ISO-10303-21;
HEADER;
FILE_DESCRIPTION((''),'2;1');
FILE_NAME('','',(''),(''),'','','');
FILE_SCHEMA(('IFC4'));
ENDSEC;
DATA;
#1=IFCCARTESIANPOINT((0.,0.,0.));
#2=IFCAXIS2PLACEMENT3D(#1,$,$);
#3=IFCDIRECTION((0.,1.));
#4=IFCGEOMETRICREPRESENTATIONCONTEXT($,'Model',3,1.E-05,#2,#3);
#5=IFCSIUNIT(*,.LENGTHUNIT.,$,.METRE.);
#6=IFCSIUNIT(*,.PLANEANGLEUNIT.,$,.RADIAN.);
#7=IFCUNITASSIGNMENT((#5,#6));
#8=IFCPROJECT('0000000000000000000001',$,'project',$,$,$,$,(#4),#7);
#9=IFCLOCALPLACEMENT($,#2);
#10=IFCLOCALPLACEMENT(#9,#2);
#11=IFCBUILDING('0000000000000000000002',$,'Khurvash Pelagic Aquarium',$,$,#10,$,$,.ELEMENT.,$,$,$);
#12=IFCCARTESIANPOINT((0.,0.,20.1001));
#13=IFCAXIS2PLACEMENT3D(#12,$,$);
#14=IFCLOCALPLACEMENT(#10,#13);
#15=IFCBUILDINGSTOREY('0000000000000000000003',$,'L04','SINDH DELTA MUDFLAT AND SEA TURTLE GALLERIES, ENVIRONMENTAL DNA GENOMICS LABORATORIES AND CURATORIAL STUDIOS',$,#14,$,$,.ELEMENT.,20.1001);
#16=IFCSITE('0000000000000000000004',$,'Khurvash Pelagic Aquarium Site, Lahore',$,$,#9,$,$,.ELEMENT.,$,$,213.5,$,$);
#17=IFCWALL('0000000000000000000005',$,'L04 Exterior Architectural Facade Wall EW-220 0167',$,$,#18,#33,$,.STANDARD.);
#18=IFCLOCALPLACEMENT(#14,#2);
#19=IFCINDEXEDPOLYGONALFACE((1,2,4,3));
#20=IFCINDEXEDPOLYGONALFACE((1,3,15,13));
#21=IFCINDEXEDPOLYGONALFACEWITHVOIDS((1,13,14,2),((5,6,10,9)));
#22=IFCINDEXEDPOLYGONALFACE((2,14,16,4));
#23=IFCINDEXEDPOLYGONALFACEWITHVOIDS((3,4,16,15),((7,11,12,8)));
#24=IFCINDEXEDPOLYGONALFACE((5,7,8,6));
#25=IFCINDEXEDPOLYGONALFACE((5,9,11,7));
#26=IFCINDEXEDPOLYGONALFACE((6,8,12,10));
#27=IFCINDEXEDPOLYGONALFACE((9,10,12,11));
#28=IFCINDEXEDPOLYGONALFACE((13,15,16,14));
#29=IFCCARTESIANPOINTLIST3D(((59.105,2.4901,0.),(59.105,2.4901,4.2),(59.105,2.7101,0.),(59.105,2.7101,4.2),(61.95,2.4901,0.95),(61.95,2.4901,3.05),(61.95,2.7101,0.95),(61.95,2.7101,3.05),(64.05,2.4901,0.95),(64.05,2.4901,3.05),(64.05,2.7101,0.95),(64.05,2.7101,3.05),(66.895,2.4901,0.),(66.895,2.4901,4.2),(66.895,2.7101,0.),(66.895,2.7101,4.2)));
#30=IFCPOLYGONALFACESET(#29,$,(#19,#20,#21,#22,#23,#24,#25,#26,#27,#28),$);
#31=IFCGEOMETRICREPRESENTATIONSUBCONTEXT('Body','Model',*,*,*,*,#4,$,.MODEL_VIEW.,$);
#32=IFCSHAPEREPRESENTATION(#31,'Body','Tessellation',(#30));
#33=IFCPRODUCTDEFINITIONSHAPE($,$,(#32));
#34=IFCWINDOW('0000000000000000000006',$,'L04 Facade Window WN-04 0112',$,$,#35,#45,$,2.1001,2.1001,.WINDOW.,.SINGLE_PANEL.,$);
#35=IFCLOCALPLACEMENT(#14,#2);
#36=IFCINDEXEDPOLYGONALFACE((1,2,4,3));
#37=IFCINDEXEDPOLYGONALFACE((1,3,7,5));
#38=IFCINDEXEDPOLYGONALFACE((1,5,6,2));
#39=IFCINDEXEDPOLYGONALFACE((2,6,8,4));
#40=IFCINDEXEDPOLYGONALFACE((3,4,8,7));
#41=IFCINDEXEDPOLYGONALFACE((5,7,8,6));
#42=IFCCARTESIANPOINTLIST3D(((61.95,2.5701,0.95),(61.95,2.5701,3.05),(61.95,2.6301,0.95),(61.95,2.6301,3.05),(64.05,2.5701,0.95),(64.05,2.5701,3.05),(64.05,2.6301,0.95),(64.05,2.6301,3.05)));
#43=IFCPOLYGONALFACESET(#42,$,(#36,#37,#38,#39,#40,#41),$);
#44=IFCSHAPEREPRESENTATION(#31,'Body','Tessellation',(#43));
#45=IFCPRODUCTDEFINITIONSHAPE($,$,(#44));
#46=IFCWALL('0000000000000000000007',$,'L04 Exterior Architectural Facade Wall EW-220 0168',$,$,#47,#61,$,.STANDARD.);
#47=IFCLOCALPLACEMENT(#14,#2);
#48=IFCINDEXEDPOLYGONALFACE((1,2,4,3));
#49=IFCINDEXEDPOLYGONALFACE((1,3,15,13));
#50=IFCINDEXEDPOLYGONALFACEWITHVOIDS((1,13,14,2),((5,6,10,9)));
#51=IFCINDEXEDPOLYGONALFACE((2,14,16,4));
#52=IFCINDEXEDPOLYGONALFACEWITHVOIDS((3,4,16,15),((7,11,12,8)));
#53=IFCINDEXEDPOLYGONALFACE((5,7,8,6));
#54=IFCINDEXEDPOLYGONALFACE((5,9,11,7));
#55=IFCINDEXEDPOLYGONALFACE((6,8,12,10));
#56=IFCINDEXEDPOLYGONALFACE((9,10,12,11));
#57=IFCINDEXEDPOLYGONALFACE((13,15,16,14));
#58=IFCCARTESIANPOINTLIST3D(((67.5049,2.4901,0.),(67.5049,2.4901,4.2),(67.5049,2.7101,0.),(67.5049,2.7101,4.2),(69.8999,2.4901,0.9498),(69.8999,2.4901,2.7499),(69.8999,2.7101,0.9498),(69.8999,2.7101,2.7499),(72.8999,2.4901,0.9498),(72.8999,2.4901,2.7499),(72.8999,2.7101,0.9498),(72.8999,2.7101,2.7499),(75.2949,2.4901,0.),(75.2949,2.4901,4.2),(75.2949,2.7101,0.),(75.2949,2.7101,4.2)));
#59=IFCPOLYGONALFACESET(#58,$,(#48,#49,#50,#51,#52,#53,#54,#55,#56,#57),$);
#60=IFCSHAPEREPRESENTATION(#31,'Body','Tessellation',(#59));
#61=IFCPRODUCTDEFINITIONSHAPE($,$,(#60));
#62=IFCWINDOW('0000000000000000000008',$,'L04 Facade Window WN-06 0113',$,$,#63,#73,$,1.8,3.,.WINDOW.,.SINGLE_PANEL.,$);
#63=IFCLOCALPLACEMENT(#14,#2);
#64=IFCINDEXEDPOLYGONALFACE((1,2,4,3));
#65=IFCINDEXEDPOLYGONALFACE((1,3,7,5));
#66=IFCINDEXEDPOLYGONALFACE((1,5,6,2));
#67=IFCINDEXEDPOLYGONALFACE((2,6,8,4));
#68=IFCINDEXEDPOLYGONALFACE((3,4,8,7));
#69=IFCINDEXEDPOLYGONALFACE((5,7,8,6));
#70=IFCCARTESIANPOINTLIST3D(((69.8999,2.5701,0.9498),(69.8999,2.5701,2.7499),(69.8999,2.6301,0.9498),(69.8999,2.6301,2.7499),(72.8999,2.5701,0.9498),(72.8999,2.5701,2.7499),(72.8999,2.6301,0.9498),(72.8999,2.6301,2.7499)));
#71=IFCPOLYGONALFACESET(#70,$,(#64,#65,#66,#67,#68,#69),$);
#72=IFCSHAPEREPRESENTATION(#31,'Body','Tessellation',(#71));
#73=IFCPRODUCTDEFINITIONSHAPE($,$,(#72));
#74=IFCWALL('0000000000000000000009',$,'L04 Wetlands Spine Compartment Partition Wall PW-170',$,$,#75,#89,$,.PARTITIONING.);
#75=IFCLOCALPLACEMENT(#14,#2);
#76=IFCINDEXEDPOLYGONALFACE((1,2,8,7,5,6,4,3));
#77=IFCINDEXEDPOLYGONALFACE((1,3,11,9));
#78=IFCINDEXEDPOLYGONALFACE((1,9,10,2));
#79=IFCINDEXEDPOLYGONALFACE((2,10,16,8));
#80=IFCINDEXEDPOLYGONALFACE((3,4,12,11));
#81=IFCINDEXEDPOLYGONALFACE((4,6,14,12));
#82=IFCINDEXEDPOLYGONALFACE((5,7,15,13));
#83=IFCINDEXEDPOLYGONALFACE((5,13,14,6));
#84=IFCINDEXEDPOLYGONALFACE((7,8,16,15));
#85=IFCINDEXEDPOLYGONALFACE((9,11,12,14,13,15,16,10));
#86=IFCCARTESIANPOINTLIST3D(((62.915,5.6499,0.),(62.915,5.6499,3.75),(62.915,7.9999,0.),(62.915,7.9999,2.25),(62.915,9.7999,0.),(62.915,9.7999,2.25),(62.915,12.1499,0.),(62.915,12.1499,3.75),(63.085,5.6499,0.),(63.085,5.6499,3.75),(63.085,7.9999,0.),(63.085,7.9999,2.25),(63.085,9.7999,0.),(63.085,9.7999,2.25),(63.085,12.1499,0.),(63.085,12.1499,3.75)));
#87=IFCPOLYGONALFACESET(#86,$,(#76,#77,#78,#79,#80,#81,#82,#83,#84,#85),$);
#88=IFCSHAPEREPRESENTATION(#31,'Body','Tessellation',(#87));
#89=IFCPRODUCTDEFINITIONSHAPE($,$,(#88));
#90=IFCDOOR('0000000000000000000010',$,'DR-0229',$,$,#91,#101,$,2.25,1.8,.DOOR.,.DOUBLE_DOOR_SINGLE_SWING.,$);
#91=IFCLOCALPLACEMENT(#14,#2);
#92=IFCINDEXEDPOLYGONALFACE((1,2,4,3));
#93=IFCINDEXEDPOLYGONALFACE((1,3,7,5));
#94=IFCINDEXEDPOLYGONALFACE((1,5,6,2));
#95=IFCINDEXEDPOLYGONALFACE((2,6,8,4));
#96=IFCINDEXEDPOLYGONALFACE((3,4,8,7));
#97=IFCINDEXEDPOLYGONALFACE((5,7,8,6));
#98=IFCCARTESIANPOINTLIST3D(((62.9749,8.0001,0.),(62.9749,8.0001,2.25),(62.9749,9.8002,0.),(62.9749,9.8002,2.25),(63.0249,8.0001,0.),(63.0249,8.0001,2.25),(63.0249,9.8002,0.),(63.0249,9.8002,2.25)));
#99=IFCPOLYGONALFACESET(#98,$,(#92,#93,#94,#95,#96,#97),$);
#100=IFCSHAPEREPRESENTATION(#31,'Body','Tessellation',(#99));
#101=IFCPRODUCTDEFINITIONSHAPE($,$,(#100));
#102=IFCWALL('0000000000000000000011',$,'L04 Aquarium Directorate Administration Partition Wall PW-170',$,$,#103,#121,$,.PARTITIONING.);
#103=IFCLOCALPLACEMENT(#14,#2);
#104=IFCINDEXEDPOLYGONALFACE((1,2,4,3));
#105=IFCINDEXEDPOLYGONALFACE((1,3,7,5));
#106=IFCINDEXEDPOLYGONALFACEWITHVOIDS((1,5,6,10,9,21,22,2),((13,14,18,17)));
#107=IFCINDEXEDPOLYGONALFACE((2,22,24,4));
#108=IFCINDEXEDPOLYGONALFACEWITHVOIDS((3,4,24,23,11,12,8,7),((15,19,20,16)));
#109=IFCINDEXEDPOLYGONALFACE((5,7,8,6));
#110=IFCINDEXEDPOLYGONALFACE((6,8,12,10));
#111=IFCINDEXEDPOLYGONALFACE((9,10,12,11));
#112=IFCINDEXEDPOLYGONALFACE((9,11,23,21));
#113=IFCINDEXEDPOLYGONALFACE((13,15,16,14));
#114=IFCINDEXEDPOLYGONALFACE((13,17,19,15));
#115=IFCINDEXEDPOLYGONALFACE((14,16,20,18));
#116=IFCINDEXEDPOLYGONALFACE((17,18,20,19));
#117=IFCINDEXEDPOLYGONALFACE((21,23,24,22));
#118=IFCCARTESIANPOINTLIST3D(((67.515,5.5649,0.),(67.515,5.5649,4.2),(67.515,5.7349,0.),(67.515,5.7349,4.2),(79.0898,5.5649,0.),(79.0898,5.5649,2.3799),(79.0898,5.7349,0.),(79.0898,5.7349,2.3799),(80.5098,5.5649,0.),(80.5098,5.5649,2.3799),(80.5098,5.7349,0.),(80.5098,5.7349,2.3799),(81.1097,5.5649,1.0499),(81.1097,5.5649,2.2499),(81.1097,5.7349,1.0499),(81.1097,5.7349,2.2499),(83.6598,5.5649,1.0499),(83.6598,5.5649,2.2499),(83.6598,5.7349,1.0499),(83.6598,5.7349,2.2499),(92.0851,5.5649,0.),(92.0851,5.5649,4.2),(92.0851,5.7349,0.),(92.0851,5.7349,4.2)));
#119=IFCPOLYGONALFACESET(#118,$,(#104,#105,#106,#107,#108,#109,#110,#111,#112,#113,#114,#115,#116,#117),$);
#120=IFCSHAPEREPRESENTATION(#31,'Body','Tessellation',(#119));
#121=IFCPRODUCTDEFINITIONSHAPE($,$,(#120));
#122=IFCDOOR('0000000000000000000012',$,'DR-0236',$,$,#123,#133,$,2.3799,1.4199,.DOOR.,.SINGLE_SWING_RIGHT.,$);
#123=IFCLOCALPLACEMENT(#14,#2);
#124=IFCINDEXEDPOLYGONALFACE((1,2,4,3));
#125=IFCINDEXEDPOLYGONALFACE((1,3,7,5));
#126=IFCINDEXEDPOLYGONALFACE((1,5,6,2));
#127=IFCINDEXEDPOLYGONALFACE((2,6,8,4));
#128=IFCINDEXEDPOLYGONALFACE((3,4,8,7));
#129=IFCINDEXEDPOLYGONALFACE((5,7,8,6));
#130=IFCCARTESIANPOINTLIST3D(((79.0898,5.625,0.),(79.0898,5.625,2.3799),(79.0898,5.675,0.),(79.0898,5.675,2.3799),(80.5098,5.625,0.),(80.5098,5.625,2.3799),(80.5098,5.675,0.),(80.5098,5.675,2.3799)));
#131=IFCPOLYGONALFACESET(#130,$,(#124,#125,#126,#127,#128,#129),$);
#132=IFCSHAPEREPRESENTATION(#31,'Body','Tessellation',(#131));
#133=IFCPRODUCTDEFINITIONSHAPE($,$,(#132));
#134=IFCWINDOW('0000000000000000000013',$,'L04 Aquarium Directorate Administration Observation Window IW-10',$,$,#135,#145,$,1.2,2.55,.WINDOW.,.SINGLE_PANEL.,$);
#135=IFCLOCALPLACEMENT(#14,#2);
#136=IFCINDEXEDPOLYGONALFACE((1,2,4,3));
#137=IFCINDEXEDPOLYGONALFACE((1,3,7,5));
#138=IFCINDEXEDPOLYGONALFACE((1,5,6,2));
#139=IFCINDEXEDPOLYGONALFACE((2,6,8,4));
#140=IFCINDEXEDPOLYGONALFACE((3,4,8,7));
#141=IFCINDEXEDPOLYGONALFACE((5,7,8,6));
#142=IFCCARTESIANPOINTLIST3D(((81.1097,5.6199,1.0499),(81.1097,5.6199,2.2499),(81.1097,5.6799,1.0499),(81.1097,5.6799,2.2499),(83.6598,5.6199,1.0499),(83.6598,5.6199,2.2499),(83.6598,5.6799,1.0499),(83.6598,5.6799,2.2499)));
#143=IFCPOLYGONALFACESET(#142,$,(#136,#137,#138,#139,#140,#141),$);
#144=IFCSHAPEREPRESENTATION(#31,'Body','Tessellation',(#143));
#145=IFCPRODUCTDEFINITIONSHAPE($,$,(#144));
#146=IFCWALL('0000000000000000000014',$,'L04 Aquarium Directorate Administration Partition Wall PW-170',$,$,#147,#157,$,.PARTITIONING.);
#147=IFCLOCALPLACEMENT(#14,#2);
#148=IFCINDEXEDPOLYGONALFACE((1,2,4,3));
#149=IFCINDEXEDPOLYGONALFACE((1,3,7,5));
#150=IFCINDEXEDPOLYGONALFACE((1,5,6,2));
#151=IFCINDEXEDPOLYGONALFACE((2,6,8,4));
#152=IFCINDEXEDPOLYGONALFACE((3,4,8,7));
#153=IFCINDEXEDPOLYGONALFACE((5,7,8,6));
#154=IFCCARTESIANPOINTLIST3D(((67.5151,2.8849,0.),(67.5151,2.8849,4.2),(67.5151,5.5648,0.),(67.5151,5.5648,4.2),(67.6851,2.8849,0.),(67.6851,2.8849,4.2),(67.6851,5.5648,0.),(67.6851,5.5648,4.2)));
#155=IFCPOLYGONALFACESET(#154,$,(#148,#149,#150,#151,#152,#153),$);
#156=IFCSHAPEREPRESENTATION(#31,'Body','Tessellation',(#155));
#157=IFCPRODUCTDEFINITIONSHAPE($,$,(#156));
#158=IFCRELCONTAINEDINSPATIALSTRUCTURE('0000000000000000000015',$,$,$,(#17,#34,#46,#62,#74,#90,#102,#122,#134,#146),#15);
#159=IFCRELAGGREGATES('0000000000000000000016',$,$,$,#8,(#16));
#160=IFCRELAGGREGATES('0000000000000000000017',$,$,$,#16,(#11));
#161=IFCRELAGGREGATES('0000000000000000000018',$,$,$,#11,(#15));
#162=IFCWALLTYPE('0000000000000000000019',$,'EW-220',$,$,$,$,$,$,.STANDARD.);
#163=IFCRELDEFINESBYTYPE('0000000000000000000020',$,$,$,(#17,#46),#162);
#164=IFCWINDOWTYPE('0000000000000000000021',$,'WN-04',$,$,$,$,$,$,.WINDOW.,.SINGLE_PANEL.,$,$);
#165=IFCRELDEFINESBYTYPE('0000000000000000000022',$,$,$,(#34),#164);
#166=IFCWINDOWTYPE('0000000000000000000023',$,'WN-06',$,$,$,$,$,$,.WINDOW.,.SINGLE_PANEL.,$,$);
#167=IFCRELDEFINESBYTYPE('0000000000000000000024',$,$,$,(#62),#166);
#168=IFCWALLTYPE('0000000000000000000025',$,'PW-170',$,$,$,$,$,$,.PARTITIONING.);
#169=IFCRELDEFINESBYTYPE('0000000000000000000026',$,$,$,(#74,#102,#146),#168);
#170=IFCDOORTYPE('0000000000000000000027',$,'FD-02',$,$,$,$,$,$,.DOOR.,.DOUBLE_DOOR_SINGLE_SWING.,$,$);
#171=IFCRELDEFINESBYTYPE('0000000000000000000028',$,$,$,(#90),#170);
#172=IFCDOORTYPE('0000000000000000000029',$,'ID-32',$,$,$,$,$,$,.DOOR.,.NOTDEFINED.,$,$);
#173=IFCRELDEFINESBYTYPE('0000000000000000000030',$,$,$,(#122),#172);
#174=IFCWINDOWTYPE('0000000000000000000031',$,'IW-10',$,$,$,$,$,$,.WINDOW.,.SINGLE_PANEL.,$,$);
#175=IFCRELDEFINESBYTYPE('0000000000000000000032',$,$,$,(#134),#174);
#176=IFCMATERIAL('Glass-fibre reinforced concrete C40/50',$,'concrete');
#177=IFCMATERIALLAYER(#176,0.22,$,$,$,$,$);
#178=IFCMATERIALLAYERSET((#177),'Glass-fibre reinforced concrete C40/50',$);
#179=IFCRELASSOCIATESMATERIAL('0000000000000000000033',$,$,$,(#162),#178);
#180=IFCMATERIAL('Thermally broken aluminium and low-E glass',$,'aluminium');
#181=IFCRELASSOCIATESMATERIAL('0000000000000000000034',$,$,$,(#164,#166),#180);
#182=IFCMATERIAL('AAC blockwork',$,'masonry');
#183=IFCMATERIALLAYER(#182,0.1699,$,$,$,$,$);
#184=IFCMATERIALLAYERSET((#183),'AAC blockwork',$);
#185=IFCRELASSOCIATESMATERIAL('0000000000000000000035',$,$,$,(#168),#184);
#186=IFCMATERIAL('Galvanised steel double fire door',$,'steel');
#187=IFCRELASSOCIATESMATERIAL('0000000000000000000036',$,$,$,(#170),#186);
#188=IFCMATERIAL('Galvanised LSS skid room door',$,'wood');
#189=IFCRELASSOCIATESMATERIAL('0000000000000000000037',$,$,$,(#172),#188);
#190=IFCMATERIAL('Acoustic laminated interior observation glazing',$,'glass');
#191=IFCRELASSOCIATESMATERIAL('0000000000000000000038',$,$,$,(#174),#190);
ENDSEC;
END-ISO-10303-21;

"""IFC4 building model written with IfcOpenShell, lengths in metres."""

from ifc_helpers import new_model, si_unit, direction, frame, frame_2d, origin, place, context, subcontext, project, spatial, rectangle, extrude, material, layer, layer_set, type_object, element, fill, save


model = new_model("IFC4")

# Units and contexts
model_context = context("Model", 3, precision=1e-05, world=origin(), true_north=direction((0.0, 1.0)))
body_context = subcontext(model_context, "Body", "Model", "MODEL_VIEW")
ifc_project = project(units=[si_unit("LENGTHUNIT", "METRE"), si_unit("PLANEANGLEUNIT", "RADIAN")], contexts=[model_context])

# Site, building, storey
site_placement = place(None, origin())
site = spatial("IfcSite", under=ifc_project, at=site_placement, Name="Khurvash Pelagic Aquarium Site, Lahore", CompositionType="ELEMENT", RefElevation=213.5)
building_placement = place(site_placement, origin())
building = spatial("IfcBuilding", under=site, at=building_placement, Name="Khurvash Pelagic Aquarium", CompositionType="ELEMENT")
storey_placement = place(building_placement, frame((0.0, 0.0, 20.1001)))
storey = spatial("IfcBuildingStorey", under=building, at=storey_placement, Name="L04", Description="SINDH DELTA MUDFLAT AND SEA TURTLE GALLERIES, ENVIRONMENTAL DNA GENOMICS LABORATORIES AND CURATORIAL STUDIOS", CompositionType="ELEMENT", Elevation=20.1001)

# Walls, openings, windows
ifc_material_1 = material(Name="Glass-fibre reinforced concrete C40/50", Category="concrete")
ifc_layer_1 = layer(ifc_material_1, 0.22)
ifc_layer_set_1 = layer_set([ifc_layer_1], Name="Glass-fibre reinforced concrete C40/50")
wall_type_1 = type_object("IfcWallType", Name="EW-220", PredefinedType="STANDARD", material=ifc_layer_set_1)
wall_1_placement = place(storey_placement, frame((59.105, 2.6001, 0.0), z_axis=(0.0, 0.0, 1.0), x_axis=(1.0, 0.0, 0.0)))
wall_1 = element("IfcWall", 1, at=wall_1_placement, inside=storey, type_object=wall_type_1, Name="L04 Exterior Architectural Facade Wall EW-220 0167", PredefinedType="STANDARD", context=body_context, shape_type="SweptSolid", body=[
    extrude(rectangle(XDim=7.79, YDim=0.22, at=frame_2d((3.895, 0.0))), origin(), (0.0, 0.0, 1.0), 4.2),
])
opening_1_placement = place(wall_1_placement, frame((2.845, 0.0, 0.95)))
opening_1 = element("IfcOpeningElement", 2, at=opening_1_placement, cuts=wall_1, PredefinedType="OPENING", context=body_context, shape_type="SweptSolid", body=[
    extrude(rectangle(XDim=2.1001, YDim=2.1001, at=frame_2d((1.05, 1.05))), frame((0.0, 0.1201, 0.0), z_axis=(0.0, -1.0, 0.0), x_axis=(1.0, 0.0, 0.0)), (0.0, 0.0, 1.0), 0.24),
])
ifc_material_2 = material(Name="Thermally broken aluminium and low-E glass", Category="aluminium")
window_type_1 = type_object("IfcWindowType", Name="WN-04", PartitioningType="SINGLE_PANEL", PredefinedType="WINDOW", material=ifc_material_2)
window_1_placement = place(opening_1_placement, origin())
window_1 = element("IfcWindow", 3, at=window_1_placement, inside=storey, type_object=window_type_1, Name="L04 Facade Window WN-04 0112", OverallHeight=2.1001, OverallWidth=2.1001, PartitioningType="SINGLE_PANEL", PredefinedType="WINDOW", context=body_context, shape_type="SweptSolid", body=[
    extrude(rectangle(XDim=2.1001, YDim=2.1001, at=frame_2d((1.05, 1.05))), frame((0.0, 0.03, 0.0), z_axis=(0.0, -1.0, 0.0), x_axis=(1.0, 0.0, 0.0)), (0.0, 0.0, 1.0), 0.0601),
])
fill(opening_1, window_1)
wall_2_placement = place(storey_placement, frame((67.5049, 2.6001, 0.0), z_axis=(0.0, 0.0, 1.0), x_axis=(1.0, 0.0, 0.0)))
wall_2 = element("IfcWall", 4, at=wall_2_placement, inside=storey, type_object=wall_type_1, Name="L04 Exterior Architectural Facade Wall EW-220 0168", PredefinedType="STANDARD", context=body_context, shape_type="SweptSolid", body=[
    extrude(rectangle(XDim=7.79, YDim=0.22, at=frame_2d((3.895, 0.0))), origin(), (0.0, 0.0, 1.0), 4.2),
])
opening_2_placement = place(wall_2_placement, frame((2.395, 0.0, 0.95)))
opening_2 = element("IfcOpeningElement", 5, at=opening_2_placement, cuts=wall_2, PredefinedType="OPENING", context=body_context, shape_type="SweptSolid", body=[
    extrude(rectangle(XDim=3.0, YDim=1.8, at=frame_2d((1.5, 0.8999))), frame((0.0, 0.1201, 0.0), z_axis=(0.0, -1.0, 0.0), x_axis=(1.0, 0.0, 0.0)), (0.0, 0.0, 1.0), 0.24),
])
window_type_2 = type_object("IfcWindowType", Name="WN-06", PartitioningType="SINGLE_PANEL", PredefinedType="WINDOW", material=ifc_material_2)
window_2_placement = place(opening_2_placement, origin())
window_2 = element("IfcWindow", 6, at=window_2_placement, inside=storey, type_object=window_type_2, Name="L04 Facade Window WN-06 0113", OverallHeight=1.8, OverallWidth=3.0, PartitioningType="SINGLE_PANEL", PredefinedType="WINDOW", context=body_context, shape_type="SweptSolid", body=[
    extrude(rectangle(XDim=3.0, YDim=1.8, at=frame_2d((1.5, 0.8999))), frame((0.0, 0.03, 0.0), z_axis=(0.0, -1.0, 0.0), x_axis=(1.0, 0.0, 0.0)), (0.0, 0.0, 1.0), 0.0601),
])
fill(opening_2, window_2)

# Wall, opening, door
ifc_material_3 = material(Name="AAC blockwork", Category="masonry")
ifc_layer_2 = layer(ifc_material_3, 0.1699)
ifc_layer_set_2 = layer_set([ifc_layer_2], Name="AAC blockwork")
wall_type_2 = type_object("IfcWallType", Name="PW-170", PredefinedType="PARTITIONING", material=ifc_layer_set_2)
wall_3_placement = place(storey_placement, frame((63.0, 5.6499, 0.0), z_axis=(0.0, 0.0, 1.0), x_axis=(0.0, 1.0, 0.0)))
wall_3 = element("IfcWall", 7, at=wall_3_placement, inside=storey, type_object=wall_type_2, Name="L04 Wetlands Spine Compartment Partition Wall PW-170", PredefinedType="PARTITIONING", context=body_context, shape_type="SweptSolid", body=[
    extrude(rectangle(XDim=6.5, YDim=0.1699, at=frame_2d((3.25, 0.0))), origin(), (0.0, 0.0, 1.0), 3.75),
])
opening_3_placement = place(wall_3_placement, frame((2.3501, 0.0, 0.0)))
opening_3 = element("IfcOpeningElement", 8, at=opening_3_placement, cuts=wall_3, PredefinedType="OPENING", context=body_context, shape_type="SweptSolid", body=[
    extrude(rectangle(XDim=1.8, YDim=2.25, at=frame_2d((0.8999, 1.125))), frame((0.0, 0.095, 0.0), z_axis=(0.0, -1.0, 0.0), x_axis=(1.0, 0.0, 0.0)), (0.0, 0.0, 1.0), 0.1899),
])
ifc_material_4 = material(Name="Galvanised steel double fire door", Category="steel")
door_type_1 = type_object("IfcDoorType", Name="FD-02", OperationType="DOUBLE_DOOR_SINGLE_SWING", PredefinedType="DOOR", material=ifc_material_4)
door_1_placement = place(opening_3_placement, frame((1.8, 0.0, 0.0), z_axis=(0.0, 0.0, 1.0), x_axis=(-1.0, 0.0, 0.0)))
door_1 = element("IfcDoor", 9, at=door_1_placement, inside=storey, type_object=door_type_1, Name="DR-0229", OperationType="DOUBLE_DOOR_SINGLE_SWING", OverallHeight=2.25, OverallWidth=1.8, PredefinedType="DOOR", context=body_context, shape_type="SweptSolid", body=[
    extrude(rectangle(XDim=1.8, YDim=2.25, at=frame_2d((0.8999, 1.125))), frame((0.0, 0.0249, 0.0), z_axis=(0.0, -1.0, 0.0), x_axis=(1.0, 0.0, 0.0)), (0.0, 0.0, 1.0), 0.05),
])
fill(opening_3, door_1)

# Wall, openings, door, window
wall_4_placement = place(storey_placement, frame((67.5149, 5.6499, 0.0), z_axis=(0.0, 0.0, 1.0), x_axis=(1.0, 0.0, 0.0)))
wall_4 = element("IfcWall", 10, at=wall_4_placement, inside=storey, type_object=wall_type_2, Name="L04 Aquarium Directorate Administration Partition Wall PW-170", PredefinedType="PARTITIONING", context=body_context, shape_type="SweptSolid", body=[
    extrude(rectangle(XDim=24.5701, YDim=0.1699, at=frame_2d((12.2852, 0.0))), origin(), (0.0, 0.0, 1.0), 4.2),
])
opening_4_placement = place(wall_4_placement, frame((11.575, 0.0, 0.0)))
opening_4 = element("IfcOpeningElement", 11, at=opening_4_placement, cuts=wall_4, PredefinedType="OPENING", context=body_context, shape_type="SweptSolid", body=[
    extrude(rectangle(XDim=1.4199, YDim=2.3799, at=frame_2d((0.71, 1.1899))), frame((0.0, 0.095, 0.0), z_axis=(0.0, -1.0, 0.0), x_axis=(1.0, 0.0, 0.0)), (0.0, 0.0, 1.0), 0.1899),
])
opening_5_placement = place(wall_4_placement, frame((13.595, 0.0, 1.0498)))
opening_5 = element("IfcOpeningElement", 12, at=opening_5_placement, cuts=wall_4, PredefinedType="OPENING", context=body_context, shape_type="SweptSolid", body=[
    extrude(rectangle(XDim=2.55, YDim=1.2, at=frame_2d((1.2749, 0.6001))), frame((0.0, 0.095, 0.0), z_axis=(0.0, -1.0, 0.0), x_axis=(1.0, 0.0, 0.0)), (0.0, 0.0, 1.0), 0.1899),
])
ifc_material_5 = material(Name="Galvanised LSS skid room door", Category="wood")
door_type_2 = type_object("IfcDoorType", Name="ID-32", OperationType="NOTDEFINED", PredefinedType="DOOR", material=ifc_material_5)
door_2_placement = place(opening_4_placement, frame((1.4199, 0.0, 0.0), z_axis=(0.0, 0.0, 1.0), x_axis=(-1.0, 0.0, 0.0)))
door_2 = element("IfcDoor", 13, at=door_2_placement, inside=storey, type_object=door_type_2, Name="DR-0236", OperationType="SINGLE_SWING_RIGHT", OverallHeight=2.3799, OverallWidth=1.4199, PredefinedType="DOOR", context=body_context, shape_type="SweptSolid", body=[
    extrude(rectangle(XDim=1.4199, YDim=2.3799, at=frame_2d((0.71, 1.1899))), frame((0.0, 0.0249, 0.0), z_axis=(0.0, -1.0, 0.0), x_axis=(1.0, 0.0, 0.0)), (0.0, 0.0, 1.0), 0.05),
])
fill(opening_4, door_2)
ifc_material_6 = material(Name="Acoustic laminated interior observation glazing", Category="glass")
window_type_3 = type_object("IfcWindowType", Name="IW-10", PartitioningType="SINGLE_PANEL", PredefinedType="WINDOW", material=ifc_material_6)
window_3_placement = place(opening_5_placement, origin())
window_3 = element("IfcWindow", 14, at=window_3_placement, inside=storey, type_object=window_type_3, Name="L04 Aquarium Directorate Administration Observation Window IW-10", OverallHeight=1.2, OverallWidth=2.55, PartitioningType="SINGLE_PANEL", PredefinedType="WINDOW", context=body_context, shape_type="SweptSolid", body=[
    extrude(rectangle(XDim=2.55, YDim=1.2, at=frame_2d((1.2749, 0.6001))), frame((0.0, 0.03, 0.0), z_axis=(0.0, -1.0, 0.0), x_axis=(1.0, 0.0, 0.0)), (0.0, 0.0, 1.0), 0.0601),
])
fill(opening_5, window_3)

# Wall
wall_5_placement = place(storey_placement, frame((67.6001, 2.885, 0.0), z_axis=(0.0, 0.0, 1.0), x_axis=(0.0, 1.0, 0.0)))
element("IfcWall", 15, at=wall_5_placement, inside=storey, type_object=wall_type_2, Name="L04 Aquarium Directorate Administration Partition Wall PW-170", PredefinedType="PARTITIONING", context=body_context, shape_type="SweptSolid", body=[
    extrude(rectangle(XDim=2.6799, YDim=0.1699, at=frame_2d((1.3398, 0.0))), origin(), (0.0, 0.0, 1.0), 4.2),
])

save(model, "model.ifc")
